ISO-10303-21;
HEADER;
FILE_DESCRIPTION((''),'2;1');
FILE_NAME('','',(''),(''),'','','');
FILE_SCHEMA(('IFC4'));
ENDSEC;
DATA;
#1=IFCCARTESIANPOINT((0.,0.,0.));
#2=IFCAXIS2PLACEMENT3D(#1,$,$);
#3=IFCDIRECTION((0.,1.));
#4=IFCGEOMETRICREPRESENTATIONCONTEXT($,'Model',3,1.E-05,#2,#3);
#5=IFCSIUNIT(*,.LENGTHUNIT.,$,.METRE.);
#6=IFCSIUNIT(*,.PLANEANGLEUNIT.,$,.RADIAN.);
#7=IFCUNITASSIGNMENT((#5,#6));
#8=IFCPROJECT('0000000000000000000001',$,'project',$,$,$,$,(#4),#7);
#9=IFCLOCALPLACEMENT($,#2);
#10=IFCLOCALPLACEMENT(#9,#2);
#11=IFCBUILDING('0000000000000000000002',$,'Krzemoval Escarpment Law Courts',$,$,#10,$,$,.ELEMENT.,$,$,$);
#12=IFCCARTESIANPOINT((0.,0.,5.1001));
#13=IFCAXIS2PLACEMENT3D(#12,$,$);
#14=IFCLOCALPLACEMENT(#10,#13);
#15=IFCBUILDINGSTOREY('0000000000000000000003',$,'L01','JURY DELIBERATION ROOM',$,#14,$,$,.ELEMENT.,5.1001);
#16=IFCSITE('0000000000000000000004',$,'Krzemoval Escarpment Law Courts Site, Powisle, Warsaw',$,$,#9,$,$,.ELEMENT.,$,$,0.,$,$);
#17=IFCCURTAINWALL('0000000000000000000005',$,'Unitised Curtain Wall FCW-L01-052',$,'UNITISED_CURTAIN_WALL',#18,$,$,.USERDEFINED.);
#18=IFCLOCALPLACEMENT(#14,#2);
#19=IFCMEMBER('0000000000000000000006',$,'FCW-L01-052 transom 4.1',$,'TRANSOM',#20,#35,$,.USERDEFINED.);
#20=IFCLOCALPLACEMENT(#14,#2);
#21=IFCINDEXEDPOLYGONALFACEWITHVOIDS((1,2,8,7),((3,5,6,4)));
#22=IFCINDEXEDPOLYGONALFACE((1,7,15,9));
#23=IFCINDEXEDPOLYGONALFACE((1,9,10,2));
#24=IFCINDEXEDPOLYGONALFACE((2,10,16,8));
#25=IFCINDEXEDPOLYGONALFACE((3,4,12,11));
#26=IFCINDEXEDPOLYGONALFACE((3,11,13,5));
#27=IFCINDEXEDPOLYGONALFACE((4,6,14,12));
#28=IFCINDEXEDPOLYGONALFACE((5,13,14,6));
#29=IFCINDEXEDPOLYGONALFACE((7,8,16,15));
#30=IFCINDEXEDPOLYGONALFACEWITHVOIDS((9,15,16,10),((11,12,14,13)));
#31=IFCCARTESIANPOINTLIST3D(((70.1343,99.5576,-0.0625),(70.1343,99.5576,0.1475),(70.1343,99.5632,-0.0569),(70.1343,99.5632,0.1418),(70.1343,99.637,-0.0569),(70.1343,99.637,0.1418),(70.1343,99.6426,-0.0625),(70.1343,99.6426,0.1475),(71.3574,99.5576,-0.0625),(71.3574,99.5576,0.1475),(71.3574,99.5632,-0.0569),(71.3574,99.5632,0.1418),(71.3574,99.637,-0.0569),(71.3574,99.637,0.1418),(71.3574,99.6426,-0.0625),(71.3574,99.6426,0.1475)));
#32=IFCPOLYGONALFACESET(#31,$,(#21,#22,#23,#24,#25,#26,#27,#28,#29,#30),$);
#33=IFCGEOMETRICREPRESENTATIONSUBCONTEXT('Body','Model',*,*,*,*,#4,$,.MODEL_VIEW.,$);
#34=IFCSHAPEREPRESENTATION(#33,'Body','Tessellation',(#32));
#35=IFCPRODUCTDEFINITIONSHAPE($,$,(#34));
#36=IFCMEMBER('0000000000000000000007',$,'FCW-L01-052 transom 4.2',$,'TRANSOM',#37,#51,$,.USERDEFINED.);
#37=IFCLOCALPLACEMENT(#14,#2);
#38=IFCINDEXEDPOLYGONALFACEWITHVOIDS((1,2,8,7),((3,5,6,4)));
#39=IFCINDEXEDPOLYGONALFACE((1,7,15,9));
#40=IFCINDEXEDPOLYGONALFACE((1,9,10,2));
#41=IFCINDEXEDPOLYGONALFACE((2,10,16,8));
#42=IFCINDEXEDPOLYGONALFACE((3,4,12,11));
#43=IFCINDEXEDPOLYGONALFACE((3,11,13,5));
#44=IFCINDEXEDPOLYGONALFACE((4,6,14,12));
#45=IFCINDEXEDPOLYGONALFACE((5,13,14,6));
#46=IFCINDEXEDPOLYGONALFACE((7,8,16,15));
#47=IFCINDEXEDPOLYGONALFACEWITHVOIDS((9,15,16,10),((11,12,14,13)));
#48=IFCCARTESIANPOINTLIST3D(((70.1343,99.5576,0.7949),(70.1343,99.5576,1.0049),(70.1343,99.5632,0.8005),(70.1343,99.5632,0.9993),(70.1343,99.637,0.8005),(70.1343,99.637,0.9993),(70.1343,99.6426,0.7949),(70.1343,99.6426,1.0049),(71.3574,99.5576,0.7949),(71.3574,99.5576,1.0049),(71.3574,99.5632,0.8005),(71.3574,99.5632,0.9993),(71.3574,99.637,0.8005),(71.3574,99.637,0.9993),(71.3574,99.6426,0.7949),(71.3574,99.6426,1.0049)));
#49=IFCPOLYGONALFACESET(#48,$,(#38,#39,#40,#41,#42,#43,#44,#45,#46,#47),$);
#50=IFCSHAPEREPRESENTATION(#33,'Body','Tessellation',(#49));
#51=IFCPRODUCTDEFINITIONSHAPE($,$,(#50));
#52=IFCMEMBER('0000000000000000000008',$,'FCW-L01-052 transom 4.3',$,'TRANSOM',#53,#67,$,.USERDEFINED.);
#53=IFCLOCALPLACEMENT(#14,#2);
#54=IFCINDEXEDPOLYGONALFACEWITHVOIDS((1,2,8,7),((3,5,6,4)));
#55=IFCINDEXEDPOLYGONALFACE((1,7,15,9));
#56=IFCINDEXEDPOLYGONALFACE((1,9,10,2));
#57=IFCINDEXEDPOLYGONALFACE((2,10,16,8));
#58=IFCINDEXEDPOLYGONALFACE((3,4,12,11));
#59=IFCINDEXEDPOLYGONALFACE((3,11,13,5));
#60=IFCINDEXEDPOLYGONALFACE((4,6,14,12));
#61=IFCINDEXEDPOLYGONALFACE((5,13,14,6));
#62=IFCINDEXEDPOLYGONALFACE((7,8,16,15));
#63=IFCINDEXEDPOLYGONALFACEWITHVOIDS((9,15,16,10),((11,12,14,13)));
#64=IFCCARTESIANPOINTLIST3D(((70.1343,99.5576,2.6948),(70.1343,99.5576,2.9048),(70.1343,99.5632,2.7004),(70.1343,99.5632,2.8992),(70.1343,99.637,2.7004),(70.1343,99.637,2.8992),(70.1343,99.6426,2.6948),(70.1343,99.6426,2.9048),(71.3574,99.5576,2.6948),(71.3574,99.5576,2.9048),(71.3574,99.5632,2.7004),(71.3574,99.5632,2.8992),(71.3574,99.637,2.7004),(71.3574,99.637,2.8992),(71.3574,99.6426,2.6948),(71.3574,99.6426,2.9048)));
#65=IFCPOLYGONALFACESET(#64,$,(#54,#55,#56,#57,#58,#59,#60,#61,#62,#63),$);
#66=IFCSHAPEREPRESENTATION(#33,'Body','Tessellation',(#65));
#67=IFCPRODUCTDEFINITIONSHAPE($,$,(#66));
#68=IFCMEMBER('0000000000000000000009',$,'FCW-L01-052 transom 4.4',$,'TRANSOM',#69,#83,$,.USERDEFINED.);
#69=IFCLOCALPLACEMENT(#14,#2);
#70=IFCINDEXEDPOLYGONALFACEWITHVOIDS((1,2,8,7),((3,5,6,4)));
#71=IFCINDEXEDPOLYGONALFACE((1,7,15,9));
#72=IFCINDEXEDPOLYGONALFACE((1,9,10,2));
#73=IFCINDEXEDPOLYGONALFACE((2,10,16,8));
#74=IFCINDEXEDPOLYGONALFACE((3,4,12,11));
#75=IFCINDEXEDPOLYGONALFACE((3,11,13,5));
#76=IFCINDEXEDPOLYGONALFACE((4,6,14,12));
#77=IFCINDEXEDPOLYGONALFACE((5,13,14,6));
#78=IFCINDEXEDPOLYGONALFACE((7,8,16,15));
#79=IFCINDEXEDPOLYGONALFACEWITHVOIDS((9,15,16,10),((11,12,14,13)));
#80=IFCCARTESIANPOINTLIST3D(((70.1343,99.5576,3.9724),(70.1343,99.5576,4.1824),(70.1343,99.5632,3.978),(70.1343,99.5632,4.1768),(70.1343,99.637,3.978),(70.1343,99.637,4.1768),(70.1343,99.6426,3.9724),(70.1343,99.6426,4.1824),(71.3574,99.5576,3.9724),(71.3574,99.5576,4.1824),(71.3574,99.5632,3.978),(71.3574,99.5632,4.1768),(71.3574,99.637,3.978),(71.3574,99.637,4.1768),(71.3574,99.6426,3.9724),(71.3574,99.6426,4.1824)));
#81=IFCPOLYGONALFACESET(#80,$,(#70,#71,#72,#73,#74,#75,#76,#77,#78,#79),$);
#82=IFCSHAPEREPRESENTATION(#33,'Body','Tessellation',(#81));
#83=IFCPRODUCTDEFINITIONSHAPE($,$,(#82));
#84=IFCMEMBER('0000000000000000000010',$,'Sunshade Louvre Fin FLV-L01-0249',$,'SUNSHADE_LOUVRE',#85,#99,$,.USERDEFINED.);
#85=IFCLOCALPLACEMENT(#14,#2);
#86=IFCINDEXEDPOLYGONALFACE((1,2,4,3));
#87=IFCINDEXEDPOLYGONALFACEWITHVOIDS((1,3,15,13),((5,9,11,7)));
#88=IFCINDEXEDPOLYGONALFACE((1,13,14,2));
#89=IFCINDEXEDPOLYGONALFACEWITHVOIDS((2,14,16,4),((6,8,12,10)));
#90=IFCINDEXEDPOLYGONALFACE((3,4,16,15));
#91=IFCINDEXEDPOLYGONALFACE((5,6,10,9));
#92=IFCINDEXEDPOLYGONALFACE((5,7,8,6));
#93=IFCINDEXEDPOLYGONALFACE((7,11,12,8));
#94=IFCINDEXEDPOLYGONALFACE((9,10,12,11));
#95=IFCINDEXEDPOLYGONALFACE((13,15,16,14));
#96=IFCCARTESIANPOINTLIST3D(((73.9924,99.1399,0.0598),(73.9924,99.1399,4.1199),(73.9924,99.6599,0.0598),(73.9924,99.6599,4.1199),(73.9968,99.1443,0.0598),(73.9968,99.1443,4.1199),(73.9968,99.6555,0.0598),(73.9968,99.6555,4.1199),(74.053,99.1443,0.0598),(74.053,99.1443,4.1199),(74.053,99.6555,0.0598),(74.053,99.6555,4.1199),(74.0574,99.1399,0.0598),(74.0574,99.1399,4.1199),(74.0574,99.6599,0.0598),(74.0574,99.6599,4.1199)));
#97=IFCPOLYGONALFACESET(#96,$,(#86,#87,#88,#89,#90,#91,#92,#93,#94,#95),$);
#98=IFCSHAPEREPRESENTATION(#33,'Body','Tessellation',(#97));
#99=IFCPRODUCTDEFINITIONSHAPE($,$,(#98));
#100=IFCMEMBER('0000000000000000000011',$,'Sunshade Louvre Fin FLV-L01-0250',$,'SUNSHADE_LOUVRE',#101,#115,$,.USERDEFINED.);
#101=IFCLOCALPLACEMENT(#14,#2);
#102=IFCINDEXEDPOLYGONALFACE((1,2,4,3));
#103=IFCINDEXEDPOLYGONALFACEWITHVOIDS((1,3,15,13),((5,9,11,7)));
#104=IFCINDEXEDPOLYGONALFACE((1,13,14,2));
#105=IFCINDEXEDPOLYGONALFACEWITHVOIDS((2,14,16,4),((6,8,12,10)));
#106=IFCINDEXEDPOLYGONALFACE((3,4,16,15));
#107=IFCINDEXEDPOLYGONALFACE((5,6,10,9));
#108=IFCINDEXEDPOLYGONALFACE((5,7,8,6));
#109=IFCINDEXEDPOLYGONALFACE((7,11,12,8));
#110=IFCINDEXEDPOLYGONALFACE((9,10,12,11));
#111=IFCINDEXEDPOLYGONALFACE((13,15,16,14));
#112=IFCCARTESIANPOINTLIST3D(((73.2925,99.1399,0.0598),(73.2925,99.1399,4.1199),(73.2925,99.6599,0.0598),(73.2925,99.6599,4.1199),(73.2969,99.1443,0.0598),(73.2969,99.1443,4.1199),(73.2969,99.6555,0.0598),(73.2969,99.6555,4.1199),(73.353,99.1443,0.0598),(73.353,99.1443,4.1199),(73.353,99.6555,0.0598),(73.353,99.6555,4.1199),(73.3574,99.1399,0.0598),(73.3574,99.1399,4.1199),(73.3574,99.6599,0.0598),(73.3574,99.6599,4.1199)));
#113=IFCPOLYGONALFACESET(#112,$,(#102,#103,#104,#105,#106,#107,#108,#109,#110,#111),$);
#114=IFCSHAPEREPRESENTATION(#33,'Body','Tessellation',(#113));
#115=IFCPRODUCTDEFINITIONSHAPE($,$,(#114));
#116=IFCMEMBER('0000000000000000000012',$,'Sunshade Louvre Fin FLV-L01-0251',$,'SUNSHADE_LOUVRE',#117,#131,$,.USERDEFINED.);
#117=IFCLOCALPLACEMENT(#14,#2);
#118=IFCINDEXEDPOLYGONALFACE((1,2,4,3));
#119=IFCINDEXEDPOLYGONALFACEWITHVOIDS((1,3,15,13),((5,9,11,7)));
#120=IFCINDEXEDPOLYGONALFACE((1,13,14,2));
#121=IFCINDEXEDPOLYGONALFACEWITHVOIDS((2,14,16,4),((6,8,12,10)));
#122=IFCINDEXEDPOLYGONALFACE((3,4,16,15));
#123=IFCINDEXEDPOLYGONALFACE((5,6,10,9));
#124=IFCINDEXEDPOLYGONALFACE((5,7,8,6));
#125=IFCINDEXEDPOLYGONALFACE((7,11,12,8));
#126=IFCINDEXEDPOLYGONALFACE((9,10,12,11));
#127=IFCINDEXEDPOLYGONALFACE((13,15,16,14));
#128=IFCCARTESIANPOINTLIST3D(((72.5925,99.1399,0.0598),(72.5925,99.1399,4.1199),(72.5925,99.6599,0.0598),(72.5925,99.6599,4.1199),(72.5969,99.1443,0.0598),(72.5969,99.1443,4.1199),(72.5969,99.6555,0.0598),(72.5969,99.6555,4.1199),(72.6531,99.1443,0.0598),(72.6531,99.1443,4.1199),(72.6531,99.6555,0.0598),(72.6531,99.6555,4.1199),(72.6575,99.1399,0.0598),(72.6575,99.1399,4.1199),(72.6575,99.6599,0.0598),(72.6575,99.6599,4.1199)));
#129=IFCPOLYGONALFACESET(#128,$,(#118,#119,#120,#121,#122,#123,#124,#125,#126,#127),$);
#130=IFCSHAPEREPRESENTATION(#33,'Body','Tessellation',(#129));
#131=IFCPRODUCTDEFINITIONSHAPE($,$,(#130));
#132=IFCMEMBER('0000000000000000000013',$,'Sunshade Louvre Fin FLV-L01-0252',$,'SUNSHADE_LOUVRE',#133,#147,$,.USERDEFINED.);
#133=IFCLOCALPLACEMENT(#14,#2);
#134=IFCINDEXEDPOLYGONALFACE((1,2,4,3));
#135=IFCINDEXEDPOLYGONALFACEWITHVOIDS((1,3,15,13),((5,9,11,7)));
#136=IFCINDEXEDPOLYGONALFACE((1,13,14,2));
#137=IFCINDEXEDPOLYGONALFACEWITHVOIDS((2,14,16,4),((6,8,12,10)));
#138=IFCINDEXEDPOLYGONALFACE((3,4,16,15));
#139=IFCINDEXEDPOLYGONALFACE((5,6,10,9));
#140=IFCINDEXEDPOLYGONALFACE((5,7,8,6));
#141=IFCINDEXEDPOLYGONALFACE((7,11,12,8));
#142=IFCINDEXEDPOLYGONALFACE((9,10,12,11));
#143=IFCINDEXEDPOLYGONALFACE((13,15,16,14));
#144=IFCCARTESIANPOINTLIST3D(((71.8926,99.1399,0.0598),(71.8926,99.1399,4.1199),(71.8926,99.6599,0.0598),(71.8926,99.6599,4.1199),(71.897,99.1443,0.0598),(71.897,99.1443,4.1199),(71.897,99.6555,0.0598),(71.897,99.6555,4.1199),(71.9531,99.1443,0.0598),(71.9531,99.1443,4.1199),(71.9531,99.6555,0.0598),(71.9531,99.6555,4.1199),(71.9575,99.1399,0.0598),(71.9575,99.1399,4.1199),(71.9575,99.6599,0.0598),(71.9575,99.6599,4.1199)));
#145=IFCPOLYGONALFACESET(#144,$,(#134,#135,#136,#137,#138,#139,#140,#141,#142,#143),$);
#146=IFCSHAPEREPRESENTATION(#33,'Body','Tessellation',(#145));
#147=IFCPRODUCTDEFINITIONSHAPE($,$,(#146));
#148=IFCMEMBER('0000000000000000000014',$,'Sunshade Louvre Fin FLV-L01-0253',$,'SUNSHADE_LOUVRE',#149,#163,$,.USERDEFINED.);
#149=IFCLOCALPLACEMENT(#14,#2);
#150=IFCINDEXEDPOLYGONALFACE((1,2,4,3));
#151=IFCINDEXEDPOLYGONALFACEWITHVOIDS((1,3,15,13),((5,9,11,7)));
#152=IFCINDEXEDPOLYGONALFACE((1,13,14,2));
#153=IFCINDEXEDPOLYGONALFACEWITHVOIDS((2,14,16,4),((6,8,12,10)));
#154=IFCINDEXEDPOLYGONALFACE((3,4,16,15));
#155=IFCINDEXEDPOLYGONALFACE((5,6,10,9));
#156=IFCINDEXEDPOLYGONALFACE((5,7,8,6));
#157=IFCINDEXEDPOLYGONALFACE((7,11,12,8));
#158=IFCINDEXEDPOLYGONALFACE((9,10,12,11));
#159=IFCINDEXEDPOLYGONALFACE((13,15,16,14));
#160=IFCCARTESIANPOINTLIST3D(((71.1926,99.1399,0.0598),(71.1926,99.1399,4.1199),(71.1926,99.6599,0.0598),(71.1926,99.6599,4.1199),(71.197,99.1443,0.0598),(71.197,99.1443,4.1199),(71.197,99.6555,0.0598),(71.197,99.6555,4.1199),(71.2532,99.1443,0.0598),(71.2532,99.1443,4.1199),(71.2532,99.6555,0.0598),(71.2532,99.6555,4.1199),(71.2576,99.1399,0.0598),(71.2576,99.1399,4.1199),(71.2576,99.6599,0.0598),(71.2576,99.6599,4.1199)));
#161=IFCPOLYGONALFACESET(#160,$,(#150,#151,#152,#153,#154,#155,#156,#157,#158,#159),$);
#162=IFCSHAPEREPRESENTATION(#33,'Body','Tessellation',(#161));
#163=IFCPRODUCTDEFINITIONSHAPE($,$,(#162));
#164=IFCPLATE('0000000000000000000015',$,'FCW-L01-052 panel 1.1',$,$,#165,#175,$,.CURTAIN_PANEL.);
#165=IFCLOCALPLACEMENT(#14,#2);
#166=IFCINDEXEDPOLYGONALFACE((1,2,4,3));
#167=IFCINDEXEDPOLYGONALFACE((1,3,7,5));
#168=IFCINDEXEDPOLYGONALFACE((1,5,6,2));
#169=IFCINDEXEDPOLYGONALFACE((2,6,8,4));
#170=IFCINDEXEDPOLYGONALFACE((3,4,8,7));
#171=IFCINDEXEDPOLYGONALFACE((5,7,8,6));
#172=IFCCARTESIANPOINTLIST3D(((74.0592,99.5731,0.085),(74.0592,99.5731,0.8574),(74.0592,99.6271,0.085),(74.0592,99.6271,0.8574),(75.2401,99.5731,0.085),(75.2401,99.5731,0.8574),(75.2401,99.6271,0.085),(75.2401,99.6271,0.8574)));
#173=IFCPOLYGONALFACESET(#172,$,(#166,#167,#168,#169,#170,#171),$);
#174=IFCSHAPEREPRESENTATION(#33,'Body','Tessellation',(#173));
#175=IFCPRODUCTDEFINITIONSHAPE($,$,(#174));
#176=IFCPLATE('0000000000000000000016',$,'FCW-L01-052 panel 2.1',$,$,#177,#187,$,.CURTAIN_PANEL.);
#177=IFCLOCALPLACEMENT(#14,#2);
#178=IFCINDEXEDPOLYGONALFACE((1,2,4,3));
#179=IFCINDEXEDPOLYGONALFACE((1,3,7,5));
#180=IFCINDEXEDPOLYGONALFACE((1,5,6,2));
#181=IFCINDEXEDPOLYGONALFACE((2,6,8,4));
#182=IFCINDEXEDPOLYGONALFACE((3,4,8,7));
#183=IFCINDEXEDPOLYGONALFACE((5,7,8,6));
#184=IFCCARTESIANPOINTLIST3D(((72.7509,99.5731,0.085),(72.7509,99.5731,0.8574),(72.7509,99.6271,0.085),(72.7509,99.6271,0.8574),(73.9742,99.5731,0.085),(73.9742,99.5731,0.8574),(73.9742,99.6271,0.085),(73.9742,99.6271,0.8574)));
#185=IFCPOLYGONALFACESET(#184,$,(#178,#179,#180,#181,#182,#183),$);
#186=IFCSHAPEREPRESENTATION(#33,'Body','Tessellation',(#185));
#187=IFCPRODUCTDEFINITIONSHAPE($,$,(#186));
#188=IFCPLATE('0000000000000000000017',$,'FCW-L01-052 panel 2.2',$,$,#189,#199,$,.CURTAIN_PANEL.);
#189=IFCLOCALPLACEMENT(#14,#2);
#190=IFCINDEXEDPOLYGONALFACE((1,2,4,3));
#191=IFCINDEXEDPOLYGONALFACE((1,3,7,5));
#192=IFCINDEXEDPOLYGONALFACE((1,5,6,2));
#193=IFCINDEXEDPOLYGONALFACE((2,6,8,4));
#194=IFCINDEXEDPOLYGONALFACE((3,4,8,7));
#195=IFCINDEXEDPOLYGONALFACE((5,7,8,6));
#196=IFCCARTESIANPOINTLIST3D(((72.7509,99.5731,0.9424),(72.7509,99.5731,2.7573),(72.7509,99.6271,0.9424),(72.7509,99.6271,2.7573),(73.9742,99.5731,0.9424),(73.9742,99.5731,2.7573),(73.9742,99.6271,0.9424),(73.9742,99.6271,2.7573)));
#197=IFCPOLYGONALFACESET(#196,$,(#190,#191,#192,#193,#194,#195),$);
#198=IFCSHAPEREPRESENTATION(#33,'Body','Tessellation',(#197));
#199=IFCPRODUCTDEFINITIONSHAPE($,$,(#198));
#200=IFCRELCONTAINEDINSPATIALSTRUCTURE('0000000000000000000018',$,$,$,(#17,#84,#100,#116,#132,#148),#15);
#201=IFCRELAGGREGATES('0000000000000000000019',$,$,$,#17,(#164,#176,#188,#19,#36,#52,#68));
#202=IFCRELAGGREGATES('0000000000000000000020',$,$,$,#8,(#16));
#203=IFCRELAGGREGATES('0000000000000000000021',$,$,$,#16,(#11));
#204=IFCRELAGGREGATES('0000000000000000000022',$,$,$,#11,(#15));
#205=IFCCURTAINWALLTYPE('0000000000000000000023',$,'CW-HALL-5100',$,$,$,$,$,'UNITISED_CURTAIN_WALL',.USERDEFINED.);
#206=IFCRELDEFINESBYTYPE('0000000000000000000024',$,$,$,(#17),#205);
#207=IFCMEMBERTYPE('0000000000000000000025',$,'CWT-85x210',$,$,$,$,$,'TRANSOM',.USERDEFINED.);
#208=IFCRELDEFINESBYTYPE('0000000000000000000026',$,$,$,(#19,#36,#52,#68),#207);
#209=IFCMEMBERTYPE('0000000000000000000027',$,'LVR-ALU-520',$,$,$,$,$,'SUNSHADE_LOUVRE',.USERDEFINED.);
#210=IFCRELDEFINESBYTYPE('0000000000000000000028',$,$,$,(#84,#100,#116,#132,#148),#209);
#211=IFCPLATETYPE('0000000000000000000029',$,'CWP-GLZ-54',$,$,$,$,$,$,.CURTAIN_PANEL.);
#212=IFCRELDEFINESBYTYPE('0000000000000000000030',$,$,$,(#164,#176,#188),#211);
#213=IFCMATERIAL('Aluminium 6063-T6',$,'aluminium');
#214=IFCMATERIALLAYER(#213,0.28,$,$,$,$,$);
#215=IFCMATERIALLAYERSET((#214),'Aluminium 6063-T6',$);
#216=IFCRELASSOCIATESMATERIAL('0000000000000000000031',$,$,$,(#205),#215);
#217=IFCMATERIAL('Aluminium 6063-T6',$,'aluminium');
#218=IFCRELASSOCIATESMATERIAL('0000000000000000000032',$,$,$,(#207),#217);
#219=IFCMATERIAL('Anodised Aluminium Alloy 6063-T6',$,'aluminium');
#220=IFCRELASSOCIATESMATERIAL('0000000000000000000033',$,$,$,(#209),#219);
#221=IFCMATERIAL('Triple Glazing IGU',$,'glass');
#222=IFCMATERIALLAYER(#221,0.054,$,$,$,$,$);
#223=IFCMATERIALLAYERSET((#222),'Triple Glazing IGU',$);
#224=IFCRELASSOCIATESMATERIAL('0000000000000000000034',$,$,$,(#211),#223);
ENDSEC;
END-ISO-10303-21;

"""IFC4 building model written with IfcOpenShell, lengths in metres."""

from ifc_helpers import new_model, si_unit, direction, frame, origin, origin_2d, place, context, subcontext, project, spatial, rectangle, hollow_rectangle, extrude, material, layer, layer_set, material_profile, profile_set, type_object, element, aggregate, save


model = new_model("IFC4")

# Units and contexts
model_context = context("Model", 3, precision=1e-05, world=origin(), true_north=direction((0.0, 1.0)))
body_context = subcontext(model_context, "Body", "Model", "MODEL_VIEW")
ifc_project = project(units=[si_unit("LENGTHUNIT", "METRE"), si_unit("PLANEANGLEUNIT", "RADIAN")], contexts=[model_context])

# Site, building, storey
site_placement = place(None, origin())
site = spatial("IfcSite", under=ifc_project, at=site_placement, Name="Krzemoval Escarpment Law Courts Site, Powisle, Warsaw", CompositionType="ELEMENT", RefElevation=0.0)
building_placement = place(site_placement, origin())
building = spatial("IfcBuilding", under=site, at=building_placement, Name="Krzemoval Escarpment Law Courts", CompositionType="ELEMENT")
storey_placement = place(building_placement, frame((0.0, 0.0, 5.1001)))
storey = spatial("IfcBuildingStorey", under=building, at=storey_placement, Name="L01", Description="JURY DELIBERATION ROOM", CompositionType="ELEMENT", Elevation=5.1001)

# Curtain wall, members
ifc_material_1 = material(Name="Aluminium 6063-T6", Category="aluminium")
ifc_layer_1 = layer(ifc_material_1, 0.28)
ifc_layer_set_1 = layer_set([ifc_layer_1], Name="Aluminium 6063-T6")
curtain_wall_type = type_object("IfcCurtainWallType", Name="CW-HALL-5100", ElementType="UNITISED_CURTAIN_WALL", PredefinedType="USERDEFINED", material=ifc_layer_set_1)
curtain_wall_placement = place(storey_placement, origin())
curtain_wall = element("IfcCurtainWall", 1, at=curtain_wall_placement, inside=storey, type_object=curtain_wall_type, Name="Unitised Curtain Wall FCW-L01-052", ObjectType="UNITISED_CURTAIN_WALL", PredefinedType="USERDEFINED")
ifc_material_2 = material(Name="Aluminium 6063-T6", Category="aluminium")
ifc_material_profile_1 = material_profile(ifc_material_2, hollow_rectangle(XDim=0.085, YDim=0.21, WallThickness=0.0056, at=origin_2d()), Name="ALU T85x210")
ifc_profile_set_1 = profile_set([ifc_material_profile_1], Name="Aluminium 6063-T6")
member_type_1 = type_object("IfcMemberType", Name="CWT-85x210", ElementType="TRANSOM", PredefinedType="USERDEFINED", material=ifc_profile_set_1)
member_1_placement = place(storey_placement, frame((71.3574, 99.6001, 0.0425), z_axis=(-1.0, 0.0, 0.0), x_axis=(0.0, -1.0, 0.0)))
member_1 = element("IfcMember", 2, at=member_1_placement, type_object=member_type_1, Name="FCW-L01-052 transom 4.1", ObjectType="TRANSOM", PredefinedType="USERDEFINED", context=body_context, shape_type="SweptSolid", body=[
    extrude(hollow_rectangle(XDim=0.085, YDim=0.21, WallThickness=0.0056, at=origin_2d()), origin(), (0.0, 0.0, 1.0), 1.2231),
])
member_2_placement = place(storey_placement, frame((71.3574, 99.6001, 0.8999), z_axis=(-1.0, 0.0, 0.0), x_axis=(0.0, -1.0, 0.0)))
member_2 = element("IfcMember", 3, at=member_2_placement, type_object=member_type_1, Name="FCW-L01-052 transom 4.2", ObjectType="TRANSOM", PredefinedType="USERDEFINED", context=body_context, shape_type="SweptSolid", body=[
    extrude(hollow_rectangle(XDim=0.085, YDim=0.21, WallThickness=0.0056, at=origin_2d()), origin(), (0.0, 0.0, 1.0), 1.2231),
])
member_3_placement = place(storey_placement, frame((71.3574, 99.6001, 2.7998), z_axis=(-1.0, 0.0, 0.0), x_axis=(0.0, -1.0, 0.0)))
member_3 = element("IfcMember", 4, at=member_3_placement, type_object=member_type_1, Name="FCW-L01-052 transom 4.3", ObjectType="TRANSOM", PredefinedType="USERDEFINED", context=body_context, shape_type="SweptSolid", body=[
    extrude(hollow_rectangle(XDim=0.085, YDim=0.21, WallThickness=0.0056, at=origin_2d()), origin(), (0.0, 0.0, 1.0), 1.2231),
])
member_4_placement = place(storey_placement, frame((71.3574, 99.6001, 4.0774), z_axis=(-1.0, 0.0, 0.0), x_axis=(0.0, -1.0, 0.0)))
member_4 = element("IfcMember", 5, at=member_4_placement, type_object=member_type_1, Name="FCW-L01-052 transom 4.4", ObjectType="TRANSOM", PredefinedType="USERDEFINED", context=body_context, shape_type="SweptSolid", body=[
    extrude(hollow_rectangle(XDim=0.085, YDim=0.21, WallThickness=0.0056, at=origin_2d()), origin(), (0.0, 0.0, 1.0), 1.2231),
])

# Members
ifc_material_3 = material(Name="Anodised Aluminium Alloy 6063-T6", Category="aluminium")
ifc_material_profile_2 = material_profile(ifc_material_3, hollow_rectangle(XDim=0.0649, YDim=0.52, WallThickness=0.0044, at=origin_2d()), Name="ALU LVR 65x520")
ifc_profile_set_2 = profile_set([ifc_material_profile_2], Name="Anodised Aluminium Alloy 6063-T6")
member_type_2 = type_object("IfcMemberType", Name="LVR-ALU-520", ElementType="SUNSHADE_LOUVRE", PredefinedType="USERDEFINED", material=ifc_profile_set_2)
for number, where, z_axis, x_axis, name in (
    (6, (74.0249, 99.3999, 0.0598), (0.0, 0.0, 1.0), (1.0, 0.0, 0.0), "Sunshade Louvre Fin FLV-L01-0249"),
    (7, (73.325, 99.3999, 0.0598), (0.0, 0.0, 1.0), (1.0, 0.0, 0.0), "Sunshade Louvre Fin FLV-L01-0250"),
    (8, (72.625, 99.3999, 0.0598), (0.0, 0.0, 1.0), (1.0, 0.0, 0.0), "Sunshade Louvre Fin FLV-L01-0251"),
    (9, (71.925, 99.3999, 0.0598), (0.0, 0.0, 1.0), (1.0, 0.0, 0.0), "Sunshade Louvre Fin FLV-L01-0252"),
    (10, (71.2251, 99.3999, 0.0598), (0.0, 0.0, 1.0), (1.0, 0.0, 0.0), "Sunshade Louvre Fin FLV-L01-0253"),
):
    element("IfcMember", number, at=place(storey_placement, frame(where, z_axis=z_axis, x_axis=x_axis)), inside=storey, type_object=member_type_2, Name=name, ObjectType="SUNSHADE_LOUVRE", PredefinedType="USERDEFINED", context=body_context, shape_type="SweptSolid", body=[
        extrude(hollow_rectangle(XDim=0.0649, YDim=0.52, WallThickness=0.0044, at=origin_2d()), origin(), (0.0, 0.0, 1.0), 4.0601),
    ])

# Plates
ifc_material_4 = material(Name="Triple Glazing IGU", Category="glass")
ifc_layer_2 = layer(ifc_material_4, 0.054)
ifc_layer_set_2 = layer_set([ifc_layer_2], Name="Triple Glazing IGU")
plate_type = type_object("IfcPlateType", Name="CWP-GLZ-54", PredefinedType="CURTAIN_PANEL", material=ifc_layer_set_2)
plate_1_placement = place(storey_placement, frame((74.6497, 99.6001, 0.085), z_axis=(0.0, 0.0, 1.0), x_axis=(-1.0, 0.0, 0.0)))
plate_1 = element("IfcPlate", 11, at=plate_1_placement, type_object=plate_type, Name="FCW-L01-052 panel 1.1", PredefinedType="CURTAIN_PANEL", context=body_context, shape_type="SweptSolid", body=[
    extrude(rectangle(XDim=1.1809, YDim=0.054, at=origin_2d()), origin(), (0.0, 0.0, 1.0), 0.7725),
])
plate_2_placement = place(storey_placement, frame((73.3625, 99.6001, 0.085), z_axis=(0.0, 0.0, 1.0), x_axis=(-1.0, 0.0, 0.0)))
plate_2 = element("IfcPlate", 12, at=plate_2_placement, type_object=plate_type, Name="FCW-L01-052 panel 2.1", PredefinedType="CURTAIN_PANEL", context=body_context, shape_type="SweptSolid", body=[
    extrude(rectangle(XDim=1.2234, YDim=0.054, at=origin_2d()), origin(), (0.0, 0.0, 1.0), 0.7725),
])
plate_3_placement = place(storey_placement, frame((73.3625, 99.6001, 0.9424), z_axis=(0.0, 0.0, 1.0), x_axis=(-1.0, 0.0, 0.0)))
plate_3 = element("IfcPlate", 13, at=plate_3_placement, type_object=plate_type, Name="FCW-L01-052 panel 2.2", PredefinedType="CURTAIN_PANEL", context=body_context, shape_type="SweptSolid", body=[
    extrude(rectangle(XDim=1.2234, YDim=0.054, at=origin_2d()), origin(), (0.0, 0.0, 1.0), 1.8149),
])
aggregate(curtain_wall, [plate_1, plate_2, plate_3, member_1, member_2, member_3, member_4])

save(model, "model.ifc")
